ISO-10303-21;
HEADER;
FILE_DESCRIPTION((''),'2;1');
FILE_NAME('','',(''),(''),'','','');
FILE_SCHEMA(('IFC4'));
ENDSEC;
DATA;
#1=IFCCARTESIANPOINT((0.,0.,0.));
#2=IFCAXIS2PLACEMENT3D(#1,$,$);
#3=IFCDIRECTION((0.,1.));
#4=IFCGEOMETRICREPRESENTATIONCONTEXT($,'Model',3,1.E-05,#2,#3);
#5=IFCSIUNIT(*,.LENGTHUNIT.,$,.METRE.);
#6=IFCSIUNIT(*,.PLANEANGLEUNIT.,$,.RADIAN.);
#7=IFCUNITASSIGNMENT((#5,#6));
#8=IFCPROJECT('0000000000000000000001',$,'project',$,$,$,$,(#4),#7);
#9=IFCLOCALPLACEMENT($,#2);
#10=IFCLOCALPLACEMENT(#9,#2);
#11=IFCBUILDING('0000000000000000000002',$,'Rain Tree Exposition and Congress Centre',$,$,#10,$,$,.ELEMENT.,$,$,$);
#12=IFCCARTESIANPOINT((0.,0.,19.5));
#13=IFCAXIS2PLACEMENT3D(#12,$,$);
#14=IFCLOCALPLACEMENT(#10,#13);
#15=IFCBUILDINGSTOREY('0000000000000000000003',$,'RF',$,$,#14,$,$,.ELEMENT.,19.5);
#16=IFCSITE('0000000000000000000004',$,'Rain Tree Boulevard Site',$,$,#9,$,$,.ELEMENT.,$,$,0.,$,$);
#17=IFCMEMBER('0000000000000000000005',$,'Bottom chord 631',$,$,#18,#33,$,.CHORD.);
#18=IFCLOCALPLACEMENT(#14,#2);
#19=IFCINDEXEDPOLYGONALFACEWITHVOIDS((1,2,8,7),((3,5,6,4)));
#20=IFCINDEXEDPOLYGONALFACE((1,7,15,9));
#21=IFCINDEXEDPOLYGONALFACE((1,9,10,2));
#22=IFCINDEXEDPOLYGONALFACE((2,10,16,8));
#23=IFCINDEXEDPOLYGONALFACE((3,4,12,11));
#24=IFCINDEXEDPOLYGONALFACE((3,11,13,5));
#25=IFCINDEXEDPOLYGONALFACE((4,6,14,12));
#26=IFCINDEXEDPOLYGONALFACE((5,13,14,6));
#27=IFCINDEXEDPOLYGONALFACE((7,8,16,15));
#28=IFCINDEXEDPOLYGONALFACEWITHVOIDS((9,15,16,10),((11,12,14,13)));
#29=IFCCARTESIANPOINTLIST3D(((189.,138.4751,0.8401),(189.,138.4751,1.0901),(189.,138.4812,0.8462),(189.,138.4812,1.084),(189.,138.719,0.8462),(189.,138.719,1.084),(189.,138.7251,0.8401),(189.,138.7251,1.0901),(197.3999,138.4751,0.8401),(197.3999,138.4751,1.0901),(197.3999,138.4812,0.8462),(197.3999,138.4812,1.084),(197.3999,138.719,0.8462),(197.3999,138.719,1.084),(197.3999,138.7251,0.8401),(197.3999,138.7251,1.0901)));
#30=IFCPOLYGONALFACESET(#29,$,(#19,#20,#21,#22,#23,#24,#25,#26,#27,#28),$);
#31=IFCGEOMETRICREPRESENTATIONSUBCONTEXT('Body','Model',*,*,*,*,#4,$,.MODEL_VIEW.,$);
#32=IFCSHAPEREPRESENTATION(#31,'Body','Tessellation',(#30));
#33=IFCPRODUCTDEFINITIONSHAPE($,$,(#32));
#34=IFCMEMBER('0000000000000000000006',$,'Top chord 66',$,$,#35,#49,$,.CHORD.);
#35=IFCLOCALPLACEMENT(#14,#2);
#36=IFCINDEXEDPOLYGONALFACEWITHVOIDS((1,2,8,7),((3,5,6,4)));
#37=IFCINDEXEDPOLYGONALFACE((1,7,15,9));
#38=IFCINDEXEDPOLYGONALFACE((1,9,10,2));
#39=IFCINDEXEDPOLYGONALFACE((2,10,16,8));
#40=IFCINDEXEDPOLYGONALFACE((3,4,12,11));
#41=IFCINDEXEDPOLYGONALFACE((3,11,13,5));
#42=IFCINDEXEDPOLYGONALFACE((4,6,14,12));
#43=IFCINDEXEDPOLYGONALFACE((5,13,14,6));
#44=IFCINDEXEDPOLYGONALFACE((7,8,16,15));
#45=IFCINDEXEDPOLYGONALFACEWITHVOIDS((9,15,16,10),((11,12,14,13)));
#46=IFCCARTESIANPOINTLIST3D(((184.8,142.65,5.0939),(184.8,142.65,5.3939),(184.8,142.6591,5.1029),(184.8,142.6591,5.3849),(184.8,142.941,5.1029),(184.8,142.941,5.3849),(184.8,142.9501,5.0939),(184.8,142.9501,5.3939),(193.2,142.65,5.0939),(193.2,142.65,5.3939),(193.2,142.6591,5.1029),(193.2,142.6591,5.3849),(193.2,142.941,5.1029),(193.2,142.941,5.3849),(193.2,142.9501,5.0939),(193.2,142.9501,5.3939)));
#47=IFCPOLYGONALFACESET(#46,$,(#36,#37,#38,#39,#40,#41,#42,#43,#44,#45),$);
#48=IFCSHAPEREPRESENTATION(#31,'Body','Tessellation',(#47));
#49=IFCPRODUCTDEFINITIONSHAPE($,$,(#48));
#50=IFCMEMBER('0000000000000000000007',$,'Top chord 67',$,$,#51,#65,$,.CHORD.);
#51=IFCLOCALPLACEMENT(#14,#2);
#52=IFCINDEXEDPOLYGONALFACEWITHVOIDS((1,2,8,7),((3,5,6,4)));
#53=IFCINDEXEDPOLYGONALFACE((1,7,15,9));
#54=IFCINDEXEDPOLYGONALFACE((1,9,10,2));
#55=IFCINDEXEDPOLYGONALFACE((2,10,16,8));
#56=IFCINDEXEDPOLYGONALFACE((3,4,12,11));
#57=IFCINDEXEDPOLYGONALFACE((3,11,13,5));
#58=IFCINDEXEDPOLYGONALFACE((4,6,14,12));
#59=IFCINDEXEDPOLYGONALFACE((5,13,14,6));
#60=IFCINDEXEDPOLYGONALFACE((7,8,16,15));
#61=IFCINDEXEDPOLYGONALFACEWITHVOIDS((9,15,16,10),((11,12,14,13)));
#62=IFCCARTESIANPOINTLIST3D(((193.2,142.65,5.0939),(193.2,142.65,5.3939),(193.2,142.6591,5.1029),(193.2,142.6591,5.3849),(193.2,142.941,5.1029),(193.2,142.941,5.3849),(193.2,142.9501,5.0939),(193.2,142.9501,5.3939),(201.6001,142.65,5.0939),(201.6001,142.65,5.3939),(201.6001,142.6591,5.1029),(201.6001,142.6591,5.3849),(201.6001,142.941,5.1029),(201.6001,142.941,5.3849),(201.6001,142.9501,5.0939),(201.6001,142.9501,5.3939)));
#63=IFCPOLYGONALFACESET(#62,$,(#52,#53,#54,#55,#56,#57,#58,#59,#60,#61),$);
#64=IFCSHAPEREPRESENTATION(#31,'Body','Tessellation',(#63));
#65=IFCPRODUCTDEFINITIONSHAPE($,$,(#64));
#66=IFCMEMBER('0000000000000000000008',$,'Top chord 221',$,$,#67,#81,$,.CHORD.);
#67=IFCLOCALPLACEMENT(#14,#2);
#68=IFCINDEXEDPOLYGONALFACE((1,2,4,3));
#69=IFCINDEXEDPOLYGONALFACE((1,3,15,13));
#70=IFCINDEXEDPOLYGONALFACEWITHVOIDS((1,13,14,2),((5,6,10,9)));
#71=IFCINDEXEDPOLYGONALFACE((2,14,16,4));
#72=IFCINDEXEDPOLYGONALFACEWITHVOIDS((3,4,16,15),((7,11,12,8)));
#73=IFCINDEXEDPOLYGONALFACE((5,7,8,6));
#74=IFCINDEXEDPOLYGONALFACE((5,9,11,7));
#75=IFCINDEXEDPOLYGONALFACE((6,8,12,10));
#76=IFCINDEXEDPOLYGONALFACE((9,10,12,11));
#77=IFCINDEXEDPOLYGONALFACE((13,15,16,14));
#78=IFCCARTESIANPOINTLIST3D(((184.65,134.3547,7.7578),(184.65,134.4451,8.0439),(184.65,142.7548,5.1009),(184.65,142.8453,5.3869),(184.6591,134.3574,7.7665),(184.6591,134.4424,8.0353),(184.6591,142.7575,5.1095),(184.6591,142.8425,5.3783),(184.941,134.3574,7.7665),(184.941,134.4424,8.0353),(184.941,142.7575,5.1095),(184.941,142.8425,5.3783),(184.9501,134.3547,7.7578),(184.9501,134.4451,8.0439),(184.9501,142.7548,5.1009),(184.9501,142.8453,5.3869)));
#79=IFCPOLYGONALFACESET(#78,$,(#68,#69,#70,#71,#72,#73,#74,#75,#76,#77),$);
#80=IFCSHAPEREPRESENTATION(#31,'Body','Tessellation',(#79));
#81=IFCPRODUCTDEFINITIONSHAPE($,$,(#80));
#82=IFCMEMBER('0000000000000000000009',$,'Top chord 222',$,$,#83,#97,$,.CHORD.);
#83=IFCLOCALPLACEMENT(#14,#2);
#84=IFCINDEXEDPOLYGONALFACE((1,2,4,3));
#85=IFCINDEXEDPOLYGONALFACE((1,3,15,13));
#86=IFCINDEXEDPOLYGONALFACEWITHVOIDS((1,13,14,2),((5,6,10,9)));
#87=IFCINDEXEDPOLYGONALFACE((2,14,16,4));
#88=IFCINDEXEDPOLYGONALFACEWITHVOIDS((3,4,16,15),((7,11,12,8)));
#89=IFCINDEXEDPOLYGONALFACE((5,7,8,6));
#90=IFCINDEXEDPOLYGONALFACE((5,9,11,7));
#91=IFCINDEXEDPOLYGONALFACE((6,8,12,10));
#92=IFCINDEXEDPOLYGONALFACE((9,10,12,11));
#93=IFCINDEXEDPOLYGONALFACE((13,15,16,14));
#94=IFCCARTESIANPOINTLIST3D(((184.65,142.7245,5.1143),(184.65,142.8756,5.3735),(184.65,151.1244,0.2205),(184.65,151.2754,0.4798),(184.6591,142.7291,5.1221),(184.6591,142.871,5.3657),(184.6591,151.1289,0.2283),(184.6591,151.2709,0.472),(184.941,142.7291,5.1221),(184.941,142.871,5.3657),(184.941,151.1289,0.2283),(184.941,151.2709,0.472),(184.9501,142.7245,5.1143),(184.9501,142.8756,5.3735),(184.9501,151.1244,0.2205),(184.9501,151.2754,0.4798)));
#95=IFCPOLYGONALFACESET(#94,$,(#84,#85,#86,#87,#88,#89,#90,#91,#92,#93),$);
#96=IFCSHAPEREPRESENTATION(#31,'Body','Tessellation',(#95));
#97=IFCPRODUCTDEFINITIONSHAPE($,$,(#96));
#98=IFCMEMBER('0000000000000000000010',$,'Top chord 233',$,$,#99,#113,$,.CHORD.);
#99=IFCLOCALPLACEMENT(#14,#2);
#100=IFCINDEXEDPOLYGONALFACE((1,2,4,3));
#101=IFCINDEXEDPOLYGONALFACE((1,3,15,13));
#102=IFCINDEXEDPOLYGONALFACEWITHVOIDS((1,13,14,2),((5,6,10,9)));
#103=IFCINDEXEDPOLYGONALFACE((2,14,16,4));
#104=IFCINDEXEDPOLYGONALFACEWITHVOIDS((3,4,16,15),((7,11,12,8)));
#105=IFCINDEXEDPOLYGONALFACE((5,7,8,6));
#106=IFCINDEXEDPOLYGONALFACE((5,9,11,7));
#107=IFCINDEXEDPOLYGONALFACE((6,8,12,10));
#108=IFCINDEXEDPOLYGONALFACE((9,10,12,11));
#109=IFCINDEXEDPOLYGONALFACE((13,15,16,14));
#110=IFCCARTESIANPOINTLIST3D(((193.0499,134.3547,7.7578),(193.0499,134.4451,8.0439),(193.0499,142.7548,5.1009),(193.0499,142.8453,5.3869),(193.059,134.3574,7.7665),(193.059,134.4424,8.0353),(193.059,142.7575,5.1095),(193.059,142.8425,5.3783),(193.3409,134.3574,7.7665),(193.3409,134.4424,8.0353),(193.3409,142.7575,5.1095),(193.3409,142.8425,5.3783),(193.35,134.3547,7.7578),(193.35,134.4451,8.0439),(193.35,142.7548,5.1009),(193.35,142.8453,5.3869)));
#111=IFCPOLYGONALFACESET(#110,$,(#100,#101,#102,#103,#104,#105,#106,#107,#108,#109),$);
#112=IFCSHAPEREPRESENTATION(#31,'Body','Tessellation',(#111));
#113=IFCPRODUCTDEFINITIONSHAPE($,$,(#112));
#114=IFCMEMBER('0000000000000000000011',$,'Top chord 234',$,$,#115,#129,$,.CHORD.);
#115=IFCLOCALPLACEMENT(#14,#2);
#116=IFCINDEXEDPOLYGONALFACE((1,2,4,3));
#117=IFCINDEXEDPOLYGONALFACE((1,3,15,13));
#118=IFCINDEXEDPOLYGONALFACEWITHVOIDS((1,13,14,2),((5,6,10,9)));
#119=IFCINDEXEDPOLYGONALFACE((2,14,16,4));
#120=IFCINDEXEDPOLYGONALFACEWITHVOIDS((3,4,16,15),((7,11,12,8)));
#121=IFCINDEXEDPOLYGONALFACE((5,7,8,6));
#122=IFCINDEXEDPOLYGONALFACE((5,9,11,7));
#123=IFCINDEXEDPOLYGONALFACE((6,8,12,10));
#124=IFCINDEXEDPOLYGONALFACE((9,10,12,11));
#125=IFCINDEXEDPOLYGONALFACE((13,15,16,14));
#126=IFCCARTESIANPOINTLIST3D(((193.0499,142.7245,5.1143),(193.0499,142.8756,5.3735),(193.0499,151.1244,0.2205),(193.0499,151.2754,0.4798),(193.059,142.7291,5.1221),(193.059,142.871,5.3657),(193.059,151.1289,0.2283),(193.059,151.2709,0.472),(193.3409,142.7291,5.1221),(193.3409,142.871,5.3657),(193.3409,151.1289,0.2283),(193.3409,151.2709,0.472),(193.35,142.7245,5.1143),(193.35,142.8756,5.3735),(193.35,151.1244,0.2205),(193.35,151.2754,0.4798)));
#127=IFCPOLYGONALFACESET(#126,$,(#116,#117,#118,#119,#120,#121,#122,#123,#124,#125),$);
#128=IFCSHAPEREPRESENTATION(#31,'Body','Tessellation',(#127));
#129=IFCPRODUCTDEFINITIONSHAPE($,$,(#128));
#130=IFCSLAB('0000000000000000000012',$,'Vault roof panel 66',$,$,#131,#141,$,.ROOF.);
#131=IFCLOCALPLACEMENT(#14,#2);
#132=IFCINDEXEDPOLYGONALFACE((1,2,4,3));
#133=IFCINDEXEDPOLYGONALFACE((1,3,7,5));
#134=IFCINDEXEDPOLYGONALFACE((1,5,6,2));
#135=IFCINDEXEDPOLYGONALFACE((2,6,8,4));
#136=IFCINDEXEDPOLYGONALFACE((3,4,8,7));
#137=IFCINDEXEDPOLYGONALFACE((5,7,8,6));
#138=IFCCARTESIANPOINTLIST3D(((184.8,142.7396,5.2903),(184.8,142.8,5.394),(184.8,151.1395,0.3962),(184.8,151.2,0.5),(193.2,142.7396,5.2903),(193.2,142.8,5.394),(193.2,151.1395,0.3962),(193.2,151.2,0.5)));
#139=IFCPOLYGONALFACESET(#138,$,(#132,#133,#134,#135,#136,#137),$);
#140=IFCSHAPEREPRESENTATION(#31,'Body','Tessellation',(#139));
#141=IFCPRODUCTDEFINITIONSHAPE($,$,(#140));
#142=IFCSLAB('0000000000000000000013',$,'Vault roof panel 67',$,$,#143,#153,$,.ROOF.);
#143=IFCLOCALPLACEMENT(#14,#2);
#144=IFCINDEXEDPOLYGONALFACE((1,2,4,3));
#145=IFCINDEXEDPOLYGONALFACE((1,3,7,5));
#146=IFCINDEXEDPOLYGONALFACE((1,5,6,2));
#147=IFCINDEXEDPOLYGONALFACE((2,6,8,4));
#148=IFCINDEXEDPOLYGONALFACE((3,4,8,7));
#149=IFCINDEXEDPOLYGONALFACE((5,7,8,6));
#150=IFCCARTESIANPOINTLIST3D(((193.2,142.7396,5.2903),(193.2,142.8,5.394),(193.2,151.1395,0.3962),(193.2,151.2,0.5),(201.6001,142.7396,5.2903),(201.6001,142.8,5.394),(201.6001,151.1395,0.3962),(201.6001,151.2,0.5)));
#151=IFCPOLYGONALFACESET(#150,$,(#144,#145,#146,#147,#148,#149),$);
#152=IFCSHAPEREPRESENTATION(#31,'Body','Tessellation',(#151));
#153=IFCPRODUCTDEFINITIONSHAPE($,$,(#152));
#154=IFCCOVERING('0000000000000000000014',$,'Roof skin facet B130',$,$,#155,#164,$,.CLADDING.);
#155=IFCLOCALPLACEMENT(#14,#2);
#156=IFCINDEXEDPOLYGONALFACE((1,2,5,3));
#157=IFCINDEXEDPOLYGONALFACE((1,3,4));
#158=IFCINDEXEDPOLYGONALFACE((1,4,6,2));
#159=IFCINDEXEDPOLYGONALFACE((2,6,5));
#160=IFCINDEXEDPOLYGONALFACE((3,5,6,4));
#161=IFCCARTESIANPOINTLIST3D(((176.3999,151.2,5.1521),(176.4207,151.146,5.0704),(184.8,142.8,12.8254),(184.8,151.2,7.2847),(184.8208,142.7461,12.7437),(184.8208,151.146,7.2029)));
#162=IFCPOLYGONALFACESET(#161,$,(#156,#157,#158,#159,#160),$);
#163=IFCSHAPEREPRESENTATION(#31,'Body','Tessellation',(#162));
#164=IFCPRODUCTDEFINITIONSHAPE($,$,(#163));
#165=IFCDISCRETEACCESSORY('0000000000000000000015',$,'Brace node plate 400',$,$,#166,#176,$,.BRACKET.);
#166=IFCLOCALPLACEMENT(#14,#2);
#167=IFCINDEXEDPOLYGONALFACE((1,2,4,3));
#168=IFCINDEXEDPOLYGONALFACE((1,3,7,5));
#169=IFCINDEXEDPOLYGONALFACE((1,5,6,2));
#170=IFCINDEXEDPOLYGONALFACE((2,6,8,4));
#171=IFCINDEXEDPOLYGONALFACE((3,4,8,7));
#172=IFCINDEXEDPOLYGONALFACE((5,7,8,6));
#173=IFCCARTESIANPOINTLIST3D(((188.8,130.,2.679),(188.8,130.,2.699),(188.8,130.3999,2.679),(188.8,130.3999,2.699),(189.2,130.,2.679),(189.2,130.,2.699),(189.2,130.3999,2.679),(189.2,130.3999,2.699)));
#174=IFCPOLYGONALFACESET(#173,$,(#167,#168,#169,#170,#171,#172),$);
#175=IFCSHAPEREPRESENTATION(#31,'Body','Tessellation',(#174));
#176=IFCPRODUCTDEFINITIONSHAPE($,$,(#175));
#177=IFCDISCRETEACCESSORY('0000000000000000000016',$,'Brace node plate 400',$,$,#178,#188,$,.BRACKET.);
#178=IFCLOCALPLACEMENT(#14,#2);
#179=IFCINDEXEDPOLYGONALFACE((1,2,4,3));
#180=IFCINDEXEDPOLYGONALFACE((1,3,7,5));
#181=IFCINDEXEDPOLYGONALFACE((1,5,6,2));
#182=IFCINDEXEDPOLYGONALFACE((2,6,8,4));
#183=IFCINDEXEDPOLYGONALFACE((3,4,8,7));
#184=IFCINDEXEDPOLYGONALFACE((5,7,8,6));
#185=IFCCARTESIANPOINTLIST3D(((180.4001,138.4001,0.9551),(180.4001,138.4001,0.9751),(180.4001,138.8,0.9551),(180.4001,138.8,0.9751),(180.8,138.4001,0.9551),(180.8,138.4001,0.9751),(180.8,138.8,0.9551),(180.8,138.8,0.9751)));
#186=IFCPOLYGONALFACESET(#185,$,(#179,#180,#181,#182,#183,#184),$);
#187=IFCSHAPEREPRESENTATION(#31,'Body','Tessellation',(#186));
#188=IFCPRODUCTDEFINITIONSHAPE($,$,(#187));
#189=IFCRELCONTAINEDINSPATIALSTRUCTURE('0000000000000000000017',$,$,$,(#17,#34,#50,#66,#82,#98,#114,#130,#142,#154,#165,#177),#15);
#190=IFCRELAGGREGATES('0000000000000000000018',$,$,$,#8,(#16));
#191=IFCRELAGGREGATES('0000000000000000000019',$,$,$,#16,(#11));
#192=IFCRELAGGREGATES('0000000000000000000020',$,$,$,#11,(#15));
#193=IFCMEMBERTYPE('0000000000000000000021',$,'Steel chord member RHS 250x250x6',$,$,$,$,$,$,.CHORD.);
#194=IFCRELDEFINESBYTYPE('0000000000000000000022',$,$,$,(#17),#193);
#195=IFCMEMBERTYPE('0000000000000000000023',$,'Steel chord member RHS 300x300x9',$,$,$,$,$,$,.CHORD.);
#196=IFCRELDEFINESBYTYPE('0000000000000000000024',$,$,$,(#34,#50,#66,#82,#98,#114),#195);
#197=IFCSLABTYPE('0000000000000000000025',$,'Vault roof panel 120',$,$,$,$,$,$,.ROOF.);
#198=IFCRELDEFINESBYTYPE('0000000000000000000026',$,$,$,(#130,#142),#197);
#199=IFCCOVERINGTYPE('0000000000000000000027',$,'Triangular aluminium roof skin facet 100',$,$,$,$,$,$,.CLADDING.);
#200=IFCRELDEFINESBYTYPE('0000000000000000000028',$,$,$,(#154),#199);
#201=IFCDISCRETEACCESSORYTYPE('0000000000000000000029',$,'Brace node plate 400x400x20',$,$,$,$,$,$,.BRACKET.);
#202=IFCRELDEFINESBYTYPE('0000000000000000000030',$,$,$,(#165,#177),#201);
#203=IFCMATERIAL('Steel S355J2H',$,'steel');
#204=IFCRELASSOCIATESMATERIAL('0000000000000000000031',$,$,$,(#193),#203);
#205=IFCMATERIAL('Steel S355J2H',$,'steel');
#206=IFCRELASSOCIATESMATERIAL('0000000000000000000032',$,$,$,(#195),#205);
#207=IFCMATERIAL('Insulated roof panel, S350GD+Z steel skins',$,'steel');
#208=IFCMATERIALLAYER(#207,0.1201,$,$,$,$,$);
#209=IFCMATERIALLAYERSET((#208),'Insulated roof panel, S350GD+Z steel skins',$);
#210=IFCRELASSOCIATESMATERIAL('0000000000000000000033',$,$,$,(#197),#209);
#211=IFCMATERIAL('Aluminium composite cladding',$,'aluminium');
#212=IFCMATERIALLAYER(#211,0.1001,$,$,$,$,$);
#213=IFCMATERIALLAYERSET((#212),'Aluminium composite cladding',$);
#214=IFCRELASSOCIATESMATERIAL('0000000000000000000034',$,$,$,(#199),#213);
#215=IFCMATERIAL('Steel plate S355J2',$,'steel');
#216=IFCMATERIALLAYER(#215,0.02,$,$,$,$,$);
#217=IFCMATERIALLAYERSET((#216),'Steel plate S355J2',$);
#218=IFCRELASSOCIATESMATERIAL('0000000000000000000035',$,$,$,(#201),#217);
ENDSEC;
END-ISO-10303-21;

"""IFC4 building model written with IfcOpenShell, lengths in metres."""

from ifc_helpers import new_model, si_unit, direction, frame, origin, origin_2d, place, context, subcontext, project, spatial, polyline, rectangle, hollow_rectangle, outline, extrude, material, layer, layer_set, material_profile, profile_set, type_object, element, save


model = new_model("IFC4")

# Units and contexts
model_context = context("Model", 3, precision=1e-05, world=origin(), true_north=direction((0.0, 1.0)))
body_context = subcontext(model_context, "Body", "Model", "MODEL_VIEW")
ifc_project = project(units=[si_unit("LENGTHUNIT", "METRE"), si_unit("PLANEANGLEUNIT", "RADIAN")], contexts=[model_context])

# Site, building, storey
site_placement = place(None, origin())
site = spatial("IfcSite", under=ifc_project, at=site_placement, Name="Rain Tree Boulevard Site", CompositionType="ELEMENT", RefElevation=0.0)
building_placement = place(site_placement, origin())
building = spatial("IfcBuilding", under=site, at=building_placement, Name="Rain Tree Exposition and Congress Centre", CompositionType="ELEMENT")
storey_placement = place(building_placement, frame((0.0, 0.0, 19.5)))
storey = spatial("IfcBuildingStorey", under=building, at=storey_placement, Name="RF", CompositionType="ELEMENT", Elevation=19.5)

# Members
ifc_material_1 = material(Name="Steel S355J2H", Category="steel")
ifc_material_profile_1 = material_profile(ifc_material_1, hollow_rectangle(XDim=0.25, YDim=0.25, WallThickness=0.0061, at=origin_2d()), Name="RHS 250x250x6")
ifc_profile_set_1 = profile_set([ifc_material_profile_1], Name="Steel S355J2H")
member_type_1 = type_object("IfcMemberType", Name="Steel chord member RHS 250x250x6", PredefinedType="CHORD", material=ifc_profile_set_1)
for number, where, z_axis, x_axis, name in (
    (1, (189.0, 138.6001, 0.9651), (1.0, 0.0, 0.0), (0.0, 1.0, 0.0), "Bottom chord 631"),
):
    element("IfcMember", number, at=place(storey_placement, frame(where, z_axis=z_axis, x_axis=x_axis)), inside=storey, type_object=member_type_1, Name=name, PredefinedType="CHORD", context=body_context, shape_type="SweptSolid", body=[
        extrude(hollow_rectangle(XDim=0.25, YDim=0.25, WallThickness=0.0061, at=origin_2d()), origin(), (0.0, 0.0, 1.0), 8.3999),
    ])
ifc_material_2 = material(Name="Steel S355J2H", Category="steel")
ifc_material_profile_2 = material_profile(ifc_material_2, hollow_rectangle(XDim=0.3, YDim=0.3, WallThickness=0.009, at=origin_2d()), Name="RHS 300x300x9")
ifc_profile_set_2 = profile_set([ifc_material_profile_2], Name="Steel S355J2H")
member_type_2 = type_object("IfcMemberType", Name="Steel chord member RHS 300x300x9", PredefinedType="CHORD", material=ifc_profile_set_2)
member_1_placement = place(storey_placement, frame((184.8, 142.8, 5.2439), z_axis=(1.0, 0.0, 0.0), x_axis=(0.0, 1.0, 0.0)))
element("IfcMember", 2, at=member_1_placement, inside=storey, type_object=member_type_2, Name="Top chord 66", PredefinedType="CHORD", context=body_context, shape_type="SweptSolid", body=[
    extrude(hollow_rectangle(XDim=0.3, YDim=0.3, WallThickness=0.009, at=origin_2d()), origin(), (0.0, 0.0, 1.0), 8.3999),
])
member_2_placement = place(storey_placement, frame((193.2, 142.8, 5.2439), z_axis=(1.0, 0.0, 0.0), x_axis=(0.0, 1.0, 0.0)))
element("IfcMember", 3, at=member_2_placement, inside=storey, type_object=member_type_2, Name="Top chord 67", PredefinedType="CHORD", context=body_context, shape_type="SweptSolid", body=[
    extrude(hollow_rectangle(XDim=0.3, YDim=0.3, WallThickness=0.009, at=origin_2d()), origin(), (0.0, 0.0, 1.0), 8.4001),
])
member_3_placement = place(storey_placement, frame((184.8, 134.3999, 7.9009), z_axis=(0.0, 0.953442, -0.301576), x_axis=(-1.0, 0.0, 0.0)))
element("IfcMember", 4, at=member_3_placement, inside=storey, type_object=member_type_2, Name="Top chord 221", PredefinedType="CHORD", context=body_context, shape_type="SweptSolid", body=[
    extrude(hollow_rectangle(XDim=0.3, YDim=0.3, WallThickness=0.009, at=origin_2d()), origin(), (0.0, 0.0, 1.0), 8.8103),
])
member_4_placement = place(storey_placement, frame((184.8, 142.8, 5.2439), z_axis=(0.0, 0.864054, -0.503399), x_axis=(-1.0, 0.0, 0.0)))
element("IfcMember", 5, at=member_4_placement, inside=storey, type_object=member_type_2, Name="Top chord 222", PredefinedType="CHORD", context=body_context, shape_type="SweptSolid", body=[
    extrude(hollow_rectangle(XDim=0.3, YDim=0.3, WallThickness=0.009, at=origin_2d()), origin(), (0.0, 0.0, 1.0), 9.7214),
])
member_5_placement = place(storey_placement, frame((193.2, 134.3999, 7.9009), z_axis=(0.0, 0.953442, -0.301576), x_axis=(-1.0, 0.0, 0.0)))
element("IfcMember", 6, at=member_5_placement, inside=storey, type_object=member_type_2, Name="Top chord 233", PredefinedType="CHORD", context=body_context, shape_type="SweptSolid", body=[
    extrude(hollow_rectangle(XDim=0.3, YDim=0.3, WallThickness=0.009, at=origin_2d()), origin(), (0.0, 0.0, 1.0), 8.8103),
])
member_6_placement = place(storey_placement, frame((193.2, 142.8, 5.2439), z_axis=(0.0, 0.864054, -0.503399), x_axis=(-1.0, 0.0, 0.0)))
element("IfcMember", 7, at=member_6_placement, inside=storey, type_object=member_type_2, Name="Top chord 234", PredefinedType="CHORD", context=body_context, shape_type="SweptSolid", body=[
    extrude(hollow_rectangle(XDim=0.3, YDim=0.3, WallThickness=0.009, at=origin_2d()), origin(), (0.0, 0.0, 1.0), 9.7214),
])

# Slabs
ifc_material_3 = material(Name="Insulated roof panel, S350GD+Z steel skins", Category="steel")
ifc_layer_1 = layer(ifc_material_3, 0.1201)
ifc_layer_set_1 = layer_set([ifc_layer_1], Name="Insulated roof panel, S350GD+Z steel skins")
slab_type = type_object("IfcSlabType", Name="Vault roof panel 120", PredefinedType="ROOF", material=ifc_layer_set_1)
slab_1_placement = place(storey_placement, frame((184.8, 142.8, 5.394), z_axis=(0.0, 0.503418, 0.864043), x_axis=(1.0, 0.0, 0.0)))
element("IfcSlab", 8, at=slab_1_placement, inside=storey, type_object=slab_type, Name="Vault roof panel 66", PredefinedType="ROOF", context=body_context, shape_type="SweptSolid", body=[
    extrude(outline(polyline([(0.0, 0.0), (8.3999, 0.0), (8.3999, 9.7216), (0.0, 9.7216), (0.0, 0.0)])), origin(), (0.0, 0.0, -1.0), 0.1201),
])
slab_2_placement = place(storey_placement, frame((193.2, 142.8, 5.394), z_axis=(0.0, 0.503418, 0.864043), x_axis=(1.0, 0.0, 0.0)))
element("IfcSlab", 9, at=slab_2_placement, inside=storey, type_object=slab_type, Name="Vault roof panel 67", PredefinedType="ROOF", context=body_context, shape_type="SweptSolid", body=[
    extrude(outline(polyline([(0.0, 0.0), (8.4001, 0.0), (8.4001, 9.7216), (0.0, 9.7216), (0.0, 0.0)])), origin(), (0.0, 0.0, -1.0), 0.1201),
])

# Covering
ifc_material_4 = material(Name="Aluminium composite cladding", Category="aluminium")
ifc_layer_2 = layer(ifc_material_4, 0.1001)
ifc_layer_set_2 = layer_set([ifc_layer_2], Name="Aluminium composite cladding")
covering_type = type_object("IfcCoveringType", Name="Triangular aluminium roof skin facet 100", PredefinedType="CLADDING", material=ifc_layer_set_2)
covering_placement = place(storey_placement, frame((184.8, 142.8, 12.8254), z_axis=(-0.207317, 0.53866, 0.816618), x_axis=(0.0, 0.834754, -0.550623)))
element("IfcCovering", 10, at=covering_placement, inside=storey, type_object=covering_type, Name="Roof skin facet B130", PredefinedType="CLADDING", context=body_context, shape_type="SweptSolid", body=[
    extrude(outline(polyline([(0.0, 0.0), (10.0627, 0.0), (11.237, 8.5867), (0.0, 0.0)])), origin(), (0.0, 0.0, -1.0), 0.1001),
])

# Discrete accessories
ifc_material_5 = material(Name="Steel plate S355J2", Category="steel")
ifc_layer_3 = layer(ifc_material_5, 0.02)
ifc_layer_set_3 = layer_set([ifc_layer_3], Name="Steel plate S355J2")
discrete_accessory_type_1 = type_object("IfcDiscreteAccessoryType", Name="Brace node plate 400x400x20", PredefinedType="BRACKET", material=ifc_layer_set_3)
for number, where, z_axis, x_axis, name in (
    (11, (189.0, 130.2, 2.679), (0.0, 0.0, 1.0), (1.0, 0.0, 0.0), "Brace node plate 400"),
    (12, (180.6001, 138.6001, 0.9551), (0.0, 0.0, 1.0), (1.0, 0.0, 0.0), "Brace node plate 400"),
):
    element("IfcDiscreteAccessory", number, at=place(storey_placement, frame(where, z_axis=z_axis, x_axis=x_axis)), inside=storey, type_object=discrete_accessory_type_1, Name=name, PredefinedType="BRACKET", context=body_context, shape_type="SweptSolid", body=[
        extrude(rectangle(XDim=0.3999, YDim=0.3999, at=origin_2d()), origin(), (0.0, 0.0, 1.0), 0.02),
    ])

save(model, "model.ifc")
